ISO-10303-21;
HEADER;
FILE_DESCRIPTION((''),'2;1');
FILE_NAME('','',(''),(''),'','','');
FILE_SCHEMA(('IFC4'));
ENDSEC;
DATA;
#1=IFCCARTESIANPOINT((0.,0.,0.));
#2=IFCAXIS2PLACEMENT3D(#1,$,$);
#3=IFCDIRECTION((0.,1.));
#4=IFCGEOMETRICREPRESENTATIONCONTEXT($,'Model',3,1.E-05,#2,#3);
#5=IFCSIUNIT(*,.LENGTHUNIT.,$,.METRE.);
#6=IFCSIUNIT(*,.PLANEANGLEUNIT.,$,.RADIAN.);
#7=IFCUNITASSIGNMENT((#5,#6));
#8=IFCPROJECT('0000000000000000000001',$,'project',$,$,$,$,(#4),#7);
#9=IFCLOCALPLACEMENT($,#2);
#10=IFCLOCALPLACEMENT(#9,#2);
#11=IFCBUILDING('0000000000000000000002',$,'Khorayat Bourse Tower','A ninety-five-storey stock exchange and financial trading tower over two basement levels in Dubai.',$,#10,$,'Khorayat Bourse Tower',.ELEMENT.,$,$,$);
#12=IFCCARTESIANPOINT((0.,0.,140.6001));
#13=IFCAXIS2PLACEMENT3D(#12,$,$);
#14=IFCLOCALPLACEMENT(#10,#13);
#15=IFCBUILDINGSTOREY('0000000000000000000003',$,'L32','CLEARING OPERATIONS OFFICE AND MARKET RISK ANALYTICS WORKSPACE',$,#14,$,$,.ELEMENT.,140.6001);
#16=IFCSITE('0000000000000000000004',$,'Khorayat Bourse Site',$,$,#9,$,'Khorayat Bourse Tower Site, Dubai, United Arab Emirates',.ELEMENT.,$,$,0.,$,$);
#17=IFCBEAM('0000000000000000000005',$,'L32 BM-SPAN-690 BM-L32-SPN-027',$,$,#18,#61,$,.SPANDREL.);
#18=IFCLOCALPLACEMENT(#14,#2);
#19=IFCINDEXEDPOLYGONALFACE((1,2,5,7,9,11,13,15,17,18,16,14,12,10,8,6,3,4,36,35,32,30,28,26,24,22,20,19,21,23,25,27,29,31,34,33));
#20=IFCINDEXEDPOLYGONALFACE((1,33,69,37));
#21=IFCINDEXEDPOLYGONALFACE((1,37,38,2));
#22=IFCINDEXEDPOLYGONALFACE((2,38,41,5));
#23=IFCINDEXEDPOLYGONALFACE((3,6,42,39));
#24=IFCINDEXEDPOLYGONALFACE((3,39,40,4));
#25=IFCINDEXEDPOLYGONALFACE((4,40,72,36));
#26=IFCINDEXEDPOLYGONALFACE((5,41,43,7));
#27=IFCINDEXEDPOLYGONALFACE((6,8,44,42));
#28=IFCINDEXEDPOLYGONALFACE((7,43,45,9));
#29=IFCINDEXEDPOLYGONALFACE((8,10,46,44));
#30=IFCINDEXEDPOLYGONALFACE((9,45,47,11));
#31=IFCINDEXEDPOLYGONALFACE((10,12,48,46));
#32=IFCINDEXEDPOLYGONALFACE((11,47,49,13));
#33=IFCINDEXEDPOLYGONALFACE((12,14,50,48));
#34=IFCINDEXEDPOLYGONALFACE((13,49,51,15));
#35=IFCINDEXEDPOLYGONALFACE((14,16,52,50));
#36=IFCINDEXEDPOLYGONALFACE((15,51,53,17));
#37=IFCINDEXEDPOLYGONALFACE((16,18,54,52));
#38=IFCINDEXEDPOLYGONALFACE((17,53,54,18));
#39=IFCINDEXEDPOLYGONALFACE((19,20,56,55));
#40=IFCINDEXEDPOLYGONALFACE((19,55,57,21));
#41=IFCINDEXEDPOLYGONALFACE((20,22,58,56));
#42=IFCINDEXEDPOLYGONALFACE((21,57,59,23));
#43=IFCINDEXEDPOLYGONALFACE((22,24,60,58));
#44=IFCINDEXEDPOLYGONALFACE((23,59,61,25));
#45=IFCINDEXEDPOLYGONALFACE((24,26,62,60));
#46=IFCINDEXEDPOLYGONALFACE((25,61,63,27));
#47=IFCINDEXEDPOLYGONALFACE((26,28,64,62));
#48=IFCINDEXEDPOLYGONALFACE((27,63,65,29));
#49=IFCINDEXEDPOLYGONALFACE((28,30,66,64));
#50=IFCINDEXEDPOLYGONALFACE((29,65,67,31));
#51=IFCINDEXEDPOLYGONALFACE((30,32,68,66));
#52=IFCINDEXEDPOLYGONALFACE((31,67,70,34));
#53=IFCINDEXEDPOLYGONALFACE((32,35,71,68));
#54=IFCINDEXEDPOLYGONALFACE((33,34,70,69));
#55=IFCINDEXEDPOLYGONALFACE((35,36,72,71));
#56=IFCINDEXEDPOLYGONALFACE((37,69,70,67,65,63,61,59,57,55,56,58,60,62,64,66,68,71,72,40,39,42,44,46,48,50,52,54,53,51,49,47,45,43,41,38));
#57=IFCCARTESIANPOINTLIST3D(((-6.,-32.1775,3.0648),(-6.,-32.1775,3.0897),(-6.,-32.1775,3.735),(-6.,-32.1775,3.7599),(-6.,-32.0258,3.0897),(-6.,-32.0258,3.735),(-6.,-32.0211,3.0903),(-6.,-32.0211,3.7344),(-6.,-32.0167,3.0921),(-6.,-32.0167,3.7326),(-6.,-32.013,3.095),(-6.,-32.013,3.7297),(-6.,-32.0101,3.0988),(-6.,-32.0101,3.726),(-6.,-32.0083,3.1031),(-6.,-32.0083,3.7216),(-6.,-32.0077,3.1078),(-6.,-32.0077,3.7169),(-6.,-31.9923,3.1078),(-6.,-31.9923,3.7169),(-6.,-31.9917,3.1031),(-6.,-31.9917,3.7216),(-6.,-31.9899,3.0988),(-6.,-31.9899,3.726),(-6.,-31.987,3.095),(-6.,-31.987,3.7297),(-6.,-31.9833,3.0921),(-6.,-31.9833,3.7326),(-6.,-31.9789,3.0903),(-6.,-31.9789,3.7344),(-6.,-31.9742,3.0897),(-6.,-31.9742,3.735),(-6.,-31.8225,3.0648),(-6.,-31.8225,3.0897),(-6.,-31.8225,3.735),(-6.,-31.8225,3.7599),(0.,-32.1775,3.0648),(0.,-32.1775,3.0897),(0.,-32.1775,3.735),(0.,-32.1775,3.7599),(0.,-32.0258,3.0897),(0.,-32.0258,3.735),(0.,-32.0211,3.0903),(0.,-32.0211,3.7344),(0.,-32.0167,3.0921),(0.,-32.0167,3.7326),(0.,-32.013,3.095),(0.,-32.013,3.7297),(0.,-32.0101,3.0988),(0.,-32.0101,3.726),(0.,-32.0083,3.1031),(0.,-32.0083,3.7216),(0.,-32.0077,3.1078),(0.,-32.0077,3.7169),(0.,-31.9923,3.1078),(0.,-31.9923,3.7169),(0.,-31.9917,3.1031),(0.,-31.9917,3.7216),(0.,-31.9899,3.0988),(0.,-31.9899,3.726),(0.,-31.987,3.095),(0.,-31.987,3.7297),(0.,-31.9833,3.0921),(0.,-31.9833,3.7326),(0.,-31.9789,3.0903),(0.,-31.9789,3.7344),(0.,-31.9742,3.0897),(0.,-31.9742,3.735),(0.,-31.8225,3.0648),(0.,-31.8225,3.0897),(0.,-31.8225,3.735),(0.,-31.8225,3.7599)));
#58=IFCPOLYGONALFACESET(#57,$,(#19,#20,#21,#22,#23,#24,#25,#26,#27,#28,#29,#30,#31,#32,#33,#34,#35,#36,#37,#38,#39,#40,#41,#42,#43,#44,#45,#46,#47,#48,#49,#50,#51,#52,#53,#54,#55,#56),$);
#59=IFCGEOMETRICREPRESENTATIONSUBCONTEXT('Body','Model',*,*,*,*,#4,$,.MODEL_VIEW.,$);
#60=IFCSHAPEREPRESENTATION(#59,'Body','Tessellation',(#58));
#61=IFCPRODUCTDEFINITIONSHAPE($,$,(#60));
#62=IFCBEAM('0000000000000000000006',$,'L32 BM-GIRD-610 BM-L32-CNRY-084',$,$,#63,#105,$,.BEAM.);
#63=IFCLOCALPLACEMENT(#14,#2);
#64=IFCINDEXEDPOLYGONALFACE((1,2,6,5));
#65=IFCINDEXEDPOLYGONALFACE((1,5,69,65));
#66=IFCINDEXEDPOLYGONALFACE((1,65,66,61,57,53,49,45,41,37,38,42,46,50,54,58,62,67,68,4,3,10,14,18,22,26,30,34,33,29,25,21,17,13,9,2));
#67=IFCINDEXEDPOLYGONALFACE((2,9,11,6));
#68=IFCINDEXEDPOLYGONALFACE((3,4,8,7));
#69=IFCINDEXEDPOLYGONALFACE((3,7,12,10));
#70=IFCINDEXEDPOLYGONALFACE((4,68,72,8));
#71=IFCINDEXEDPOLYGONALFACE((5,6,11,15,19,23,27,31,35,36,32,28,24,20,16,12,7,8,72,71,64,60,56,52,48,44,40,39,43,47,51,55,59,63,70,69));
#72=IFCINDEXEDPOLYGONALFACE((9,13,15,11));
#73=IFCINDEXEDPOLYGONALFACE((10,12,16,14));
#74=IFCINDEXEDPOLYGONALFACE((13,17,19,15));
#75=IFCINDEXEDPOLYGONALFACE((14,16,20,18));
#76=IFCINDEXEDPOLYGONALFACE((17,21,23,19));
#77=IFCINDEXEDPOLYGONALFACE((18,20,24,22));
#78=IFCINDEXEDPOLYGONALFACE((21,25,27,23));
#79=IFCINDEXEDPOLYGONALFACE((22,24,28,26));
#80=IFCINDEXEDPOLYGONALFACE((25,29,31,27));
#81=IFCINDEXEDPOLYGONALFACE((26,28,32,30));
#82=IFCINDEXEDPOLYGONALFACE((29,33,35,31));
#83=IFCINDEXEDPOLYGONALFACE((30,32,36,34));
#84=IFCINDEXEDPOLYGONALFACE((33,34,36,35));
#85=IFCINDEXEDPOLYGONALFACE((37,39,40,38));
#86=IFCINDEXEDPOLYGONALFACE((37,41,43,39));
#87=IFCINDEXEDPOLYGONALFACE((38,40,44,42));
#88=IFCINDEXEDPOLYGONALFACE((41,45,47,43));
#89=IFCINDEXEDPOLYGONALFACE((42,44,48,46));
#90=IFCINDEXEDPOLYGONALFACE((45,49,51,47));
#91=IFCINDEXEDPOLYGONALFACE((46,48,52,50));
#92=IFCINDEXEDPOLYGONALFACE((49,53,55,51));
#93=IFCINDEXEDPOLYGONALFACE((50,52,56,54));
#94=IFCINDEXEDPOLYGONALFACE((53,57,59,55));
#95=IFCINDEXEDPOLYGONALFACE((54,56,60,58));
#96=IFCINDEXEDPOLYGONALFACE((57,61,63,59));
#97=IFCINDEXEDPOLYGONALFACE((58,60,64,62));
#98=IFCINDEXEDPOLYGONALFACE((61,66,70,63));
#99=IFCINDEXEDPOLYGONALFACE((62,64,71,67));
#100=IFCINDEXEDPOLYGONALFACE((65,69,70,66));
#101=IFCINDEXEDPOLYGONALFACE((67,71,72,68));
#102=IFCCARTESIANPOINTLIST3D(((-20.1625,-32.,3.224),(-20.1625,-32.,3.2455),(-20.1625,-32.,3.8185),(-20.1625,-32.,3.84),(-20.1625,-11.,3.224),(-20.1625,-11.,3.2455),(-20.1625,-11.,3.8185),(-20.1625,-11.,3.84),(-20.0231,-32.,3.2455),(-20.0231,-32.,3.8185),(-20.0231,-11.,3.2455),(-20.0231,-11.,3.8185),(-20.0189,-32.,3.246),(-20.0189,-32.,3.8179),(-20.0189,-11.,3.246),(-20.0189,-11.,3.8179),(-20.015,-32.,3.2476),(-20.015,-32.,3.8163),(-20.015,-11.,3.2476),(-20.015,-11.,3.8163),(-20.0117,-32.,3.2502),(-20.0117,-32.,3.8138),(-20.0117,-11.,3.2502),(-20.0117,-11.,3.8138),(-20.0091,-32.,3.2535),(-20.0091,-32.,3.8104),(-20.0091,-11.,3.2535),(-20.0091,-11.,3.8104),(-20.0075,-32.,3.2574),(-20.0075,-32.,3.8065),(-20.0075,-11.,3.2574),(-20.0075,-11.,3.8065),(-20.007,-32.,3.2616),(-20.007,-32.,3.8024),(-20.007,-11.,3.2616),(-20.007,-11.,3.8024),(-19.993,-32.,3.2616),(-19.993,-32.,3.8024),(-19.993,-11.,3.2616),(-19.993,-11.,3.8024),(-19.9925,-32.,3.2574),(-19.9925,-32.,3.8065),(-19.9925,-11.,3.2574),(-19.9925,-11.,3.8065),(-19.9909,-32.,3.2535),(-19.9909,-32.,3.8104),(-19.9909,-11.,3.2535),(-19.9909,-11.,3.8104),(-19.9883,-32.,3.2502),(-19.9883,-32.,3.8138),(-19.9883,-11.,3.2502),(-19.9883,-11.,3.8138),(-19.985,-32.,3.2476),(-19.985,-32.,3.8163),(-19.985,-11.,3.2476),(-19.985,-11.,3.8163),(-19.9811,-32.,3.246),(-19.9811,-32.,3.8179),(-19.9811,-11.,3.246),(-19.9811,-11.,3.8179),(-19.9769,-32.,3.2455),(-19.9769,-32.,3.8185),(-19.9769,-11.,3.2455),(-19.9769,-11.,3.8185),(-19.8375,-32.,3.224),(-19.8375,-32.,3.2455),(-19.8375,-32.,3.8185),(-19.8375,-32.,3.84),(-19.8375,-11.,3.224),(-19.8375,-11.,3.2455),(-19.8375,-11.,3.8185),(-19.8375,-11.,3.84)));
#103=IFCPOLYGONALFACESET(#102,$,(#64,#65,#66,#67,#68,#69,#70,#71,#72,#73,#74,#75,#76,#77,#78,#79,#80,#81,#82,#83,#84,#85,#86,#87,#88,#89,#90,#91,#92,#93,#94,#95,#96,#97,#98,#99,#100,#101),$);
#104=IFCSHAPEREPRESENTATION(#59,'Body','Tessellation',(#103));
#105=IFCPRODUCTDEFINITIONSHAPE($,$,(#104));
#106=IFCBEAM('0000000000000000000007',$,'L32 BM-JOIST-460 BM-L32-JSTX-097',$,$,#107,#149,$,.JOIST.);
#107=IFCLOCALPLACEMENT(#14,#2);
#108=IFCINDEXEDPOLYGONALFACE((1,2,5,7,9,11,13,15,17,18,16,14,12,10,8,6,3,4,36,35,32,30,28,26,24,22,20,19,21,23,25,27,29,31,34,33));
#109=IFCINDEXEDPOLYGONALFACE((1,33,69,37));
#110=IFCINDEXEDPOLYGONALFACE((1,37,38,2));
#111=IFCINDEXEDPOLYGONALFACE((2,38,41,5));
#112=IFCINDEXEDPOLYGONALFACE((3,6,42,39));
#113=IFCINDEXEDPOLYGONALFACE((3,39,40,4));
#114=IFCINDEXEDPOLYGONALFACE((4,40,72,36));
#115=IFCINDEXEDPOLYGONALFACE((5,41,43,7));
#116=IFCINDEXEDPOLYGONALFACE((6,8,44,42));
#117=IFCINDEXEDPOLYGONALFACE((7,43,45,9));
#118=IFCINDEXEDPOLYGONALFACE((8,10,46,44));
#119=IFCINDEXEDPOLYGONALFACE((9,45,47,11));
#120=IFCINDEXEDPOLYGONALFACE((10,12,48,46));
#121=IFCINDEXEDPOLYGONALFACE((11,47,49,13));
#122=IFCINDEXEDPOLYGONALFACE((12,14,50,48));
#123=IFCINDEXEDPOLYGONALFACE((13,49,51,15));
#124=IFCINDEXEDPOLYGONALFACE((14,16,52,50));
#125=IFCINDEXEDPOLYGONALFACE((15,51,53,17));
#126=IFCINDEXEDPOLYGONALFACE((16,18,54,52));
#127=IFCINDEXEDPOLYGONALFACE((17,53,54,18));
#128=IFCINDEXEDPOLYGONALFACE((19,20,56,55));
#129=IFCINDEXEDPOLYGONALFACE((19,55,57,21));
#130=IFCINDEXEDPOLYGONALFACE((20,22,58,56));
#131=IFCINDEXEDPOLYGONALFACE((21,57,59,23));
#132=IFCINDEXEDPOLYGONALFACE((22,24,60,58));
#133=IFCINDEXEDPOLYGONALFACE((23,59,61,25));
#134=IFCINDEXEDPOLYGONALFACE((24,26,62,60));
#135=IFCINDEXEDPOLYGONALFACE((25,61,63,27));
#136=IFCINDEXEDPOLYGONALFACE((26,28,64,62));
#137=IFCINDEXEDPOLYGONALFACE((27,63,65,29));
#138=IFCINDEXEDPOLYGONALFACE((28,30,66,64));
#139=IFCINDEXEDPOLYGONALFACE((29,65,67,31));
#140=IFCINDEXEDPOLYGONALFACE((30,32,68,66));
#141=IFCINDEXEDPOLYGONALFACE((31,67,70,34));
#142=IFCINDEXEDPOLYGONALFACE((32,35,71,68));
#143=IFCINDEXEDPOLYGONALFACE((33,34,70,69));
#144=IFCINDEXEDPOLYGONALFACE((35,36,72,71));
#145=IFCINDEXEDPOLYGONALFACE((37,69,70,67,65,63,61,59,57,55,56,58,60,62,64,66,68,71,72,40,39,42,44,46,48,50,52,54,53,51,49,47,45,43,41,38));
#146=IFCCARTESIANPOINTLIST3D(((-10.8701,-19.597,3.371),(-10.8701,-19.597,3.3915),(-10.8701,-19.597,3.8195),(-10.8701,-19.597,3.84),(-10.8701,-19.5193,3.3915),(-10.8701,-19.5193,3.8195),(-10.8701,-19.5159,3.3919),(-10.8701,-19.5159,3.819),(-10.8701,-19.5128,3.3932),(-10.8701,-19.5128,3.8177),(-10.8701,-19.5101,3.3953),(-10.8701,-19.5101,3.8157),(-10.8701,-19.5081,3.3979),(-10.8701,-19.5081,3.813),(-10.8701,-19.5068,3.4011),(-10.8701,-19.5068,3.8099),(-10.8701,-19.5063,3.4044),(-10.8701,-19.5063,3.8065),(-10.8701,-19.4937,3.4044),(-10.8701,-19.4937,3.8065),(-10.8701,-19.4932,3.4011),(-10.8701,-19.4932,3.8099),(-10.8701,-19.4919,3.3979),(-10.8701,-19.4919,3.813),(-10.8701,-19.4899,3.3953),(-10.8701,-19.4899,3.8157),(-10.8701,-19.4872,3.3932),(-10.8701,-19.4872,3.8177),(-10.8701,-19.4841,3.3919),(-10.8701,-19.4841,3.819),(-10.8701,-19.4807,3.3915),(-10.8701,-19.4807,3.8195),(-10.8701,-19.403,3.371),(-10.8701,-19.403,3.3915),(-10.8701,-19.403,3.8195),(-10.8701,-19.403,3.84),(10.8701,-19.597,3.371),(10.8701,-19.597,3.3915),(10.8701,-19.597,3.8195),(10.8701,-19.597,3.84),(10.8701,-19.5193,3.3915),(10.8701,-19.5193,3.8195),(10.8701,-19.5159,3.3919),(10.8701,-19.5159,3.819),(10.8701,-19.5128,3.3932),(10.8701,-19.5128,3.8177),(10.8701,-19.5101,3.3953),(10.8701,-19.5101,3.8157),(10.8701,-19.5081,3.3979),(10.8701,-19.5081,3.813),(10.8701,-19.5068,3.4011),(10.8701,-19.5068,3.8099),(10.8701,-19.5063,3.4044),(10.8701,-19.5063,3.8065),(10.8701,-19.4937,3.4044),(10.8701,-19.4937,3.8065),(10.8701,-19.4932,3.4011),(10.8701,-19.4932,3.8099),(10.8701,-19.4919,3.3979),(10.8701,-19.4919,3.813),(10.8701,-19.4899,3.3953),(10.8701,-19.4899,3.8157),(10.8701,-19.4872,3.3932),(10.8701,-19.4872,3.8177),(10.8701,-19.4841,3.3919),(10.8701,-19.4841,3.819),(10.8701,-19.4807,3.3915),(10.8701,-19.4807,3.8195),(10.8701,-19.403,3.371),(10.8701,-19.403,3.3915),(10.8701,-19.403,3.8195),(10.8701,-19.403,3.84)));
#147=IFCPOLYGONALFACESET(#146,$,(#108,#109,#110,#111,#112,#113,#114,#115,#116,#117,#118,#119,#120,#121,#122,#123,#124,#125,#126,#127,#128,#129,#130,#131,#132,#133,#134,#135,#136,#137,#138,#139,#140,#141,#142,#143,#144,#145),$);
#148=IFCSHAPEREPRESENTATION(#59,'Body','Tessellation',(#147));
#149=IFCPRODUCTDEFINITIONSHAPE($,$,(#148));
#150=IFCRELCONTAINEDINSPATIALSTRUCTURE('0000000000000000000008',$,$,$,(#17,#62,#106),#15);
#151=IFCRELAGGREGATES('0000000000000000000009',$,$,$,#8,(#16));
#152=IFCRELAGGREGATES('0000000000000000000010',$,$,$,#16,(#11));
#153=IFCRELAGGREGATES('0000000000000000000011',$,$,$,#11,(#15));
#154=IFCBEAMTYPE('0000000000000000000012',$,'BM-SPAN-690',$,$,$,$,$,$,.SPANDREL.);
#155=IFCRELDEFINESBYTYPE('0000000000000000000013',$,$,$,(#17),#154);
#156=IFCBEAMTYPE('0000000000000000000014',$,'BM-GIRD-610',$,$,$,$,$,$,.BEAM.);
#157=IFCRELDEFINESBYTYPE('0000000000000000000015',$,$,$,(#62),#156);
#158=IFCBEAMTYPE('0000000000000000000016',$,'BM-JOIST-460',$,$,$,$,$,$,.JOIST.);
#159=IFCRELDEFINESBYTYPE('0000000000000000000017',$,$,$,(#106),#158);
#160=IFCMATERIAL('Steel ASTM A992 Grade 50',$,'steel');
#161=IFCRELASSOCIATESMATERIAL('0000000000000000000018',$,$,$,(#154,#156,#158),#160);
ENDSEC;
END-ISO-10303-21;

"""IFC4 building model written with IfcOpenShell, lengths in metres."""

from ifc_helpers import new_model, si_unit, direction, frame, origin, origin_2d, place, context, subcontext, project, spatial, i_section, extrude, source, transform, mapped, material, material_profile, profile_set, type_object, element, save


model = new_model("IFC4")

# Units and contexts
model_context = context("Model", 3, precision=1e-05, world=origin(), true_north=direction((0.0, 1.0)))
body_context = subcontext(model_context, "Body", "Model", "MODEL_VIEW")
ifc_project = project(units=[si_unit("LENGTHUNIT", "METRE"), si_unit("PLANEANGLEUNIT", "RADIAN")], contexts=[model_context])

# Site, building, storey
site_placement = place(None, origin())
site = spatial("IfcSite", under=ifc_project, at=site_placement, Name="Khorayat Bourse Site", LongName="Khorayat Bourse Tower Site, Dubai, United Arab Emirates", CompositionType="ELEMENT", RefElevation=0.0)
building_placement = place(site_placement, origin())
building = spatial("IfcBuilding", under=site, at=building_placement, Name="Khorayat Bourse Tower", Description="A ninety-five-storey stock exchange and financial trading tower over two basement levels in Dubai.", LongName="Khorayat Bourse Tower", CompositionType="ELEMENT")
storey_placement = place(building_placement, frame((0.0, 0.0, 140.6001)))
storey = spatial("IfcBuildingStorey", under=building, at=storey_placement, Name="L32", Description="CLEARING OPERATIONS OFFICE AND MARKET RISK ANALYTICS WORKSPACE", CompositionType="ELEMENT", Elevation=140.6001)

# Beams
ifc_material_1 = material(Name="Steel ASTM A992 Grade 50", Category="steel")
ifc_material_profile_1 = material_profile(ifc_material_1, i_section(OverallWidth=0.355, OverallDepth=0.6951, WebThickness=0.0154, FlangeThickness=0.0249, FilletRadius=0.0181, at=origin_2d()), Name="W690X217")
ifc_profile_set_1 = profile_set([ifc_material_profile_1], Name="Steel ASTM A992 Grade 50")
beam_type_1 = type_object("IfcBeamType", Name="BM-SPAN-690", PredefinedType="SPANDREL", material=ifc_profile_set_1)
shared_shape_1 = source(origin(), body_context, "Body", "SweptSolid", [
    extrude(i_section(OverallWidth=0.355, OverallDepth=0.6951, WebThickness=0.0154, FlangeThickness=0.0249, FilletRadius=0.0181, at=origin_2d()), origin(), (0.0, 0.0, 1.0), 6.0),
])
beam_1_placement = place(storey_placement, frame((-6.0, -32.0, 3.4124), z_axis=(1.0, 0.0, 0.0), x_axis=(0.0, 1.0, 0.0)))
element("IfcBeam", 1, at=beam_1_placement, inside=storey, type_object=beam_type_1, Name="L32 BM-SPAN-690 BM-L32-SPN-027", PredefinedType="SPANDREL", context=body_context, shape_type="MappedRepresentation", body=[
    mapped(shared_shape_1, transform((0.0, 0.0, 0.0), scale=1.0)),
])
ifc_material_profile_2 = material_profile(ifc_material_1, i_section(OverallWidth=0.325, OverallDepth=0.616, WebThickness=0.0139, FlangeThickness=0.0215, FilletRadius=0.0161, at=origin_2d()), Name="W610X174")
ifc_profile_set_2 = profile_set([ifc_material_profile_2], Name="Steel ASTM A992 Grade 50")
beam_type_2 = type_object("IfcBeamType", Name="BM-GIRD-610", PredefinedType="BEAM", material=ifc_profile_set_2)
shared_shape_2 = source(origin(), body_context, "Body", "SweptSolid", [
    extrude(i_section(OverallWidth=0.325, OverallDepth=0.616, WebThickness=0.0139, FlangeThickness=0.0215, FilletRadius=0.0161, at=origin_2d()), origin(), (0.0, 0.0, 1.0), 21.0),
])
beam_2_placement = place(storey_placement, frame((-20.0, -32.0, 3.532), z_axis=(0.0, 1.0, 0.0), x_axis=(-1.0, 0.0, 0.0)))
element("IfcBeam", 2, at=beam_2_placement, inside=storey, type_object=beam_type_2, Name="L32 BM-GIRD-610 BM-L32-CNRY-084", PredefinedType="BEAM", context=body_context, shape_type="MappedRepresentation", body=[
    mapped(shared_shape_2, transform((0.0, 0.0, 0.0), scale=1.0)),
])
ifc_material_profile_3 = material_profile(ifc_material_1, i_section(OverallWidth=0.1941, OverallDepth=0.469, WebThickness=0.0127, FlangeThickness=0.0205, FilletRadius=0.0129, at=origin_2d()), Name="W460X106")
ifc_profile_set_3 = profile_set([ifc_material_profile_3], Name="Steel ASTM A992 Grade 50")
beam_type_3 = type_object("IfcBeamType", Name="BM-JOIST-460", PredefinedType="JOIST", material=ifc_profile_set_3)
shared_shape_3 = source(origin(), body_context, "Body", "SweptSolid", [
    extrude(i_section(OverallWidth=0.1941, OverallDepth=0.469, WebThickness=0.0127, FlangeThickness=0.0205, FilletRadius=0.0129, at=origin_2d()), origin(), (0.0, 0.0, 1.0), 21.7402),
])
beam_3_placement = place(storey_placement, frame((-10.8701, -19.5, 3.6055), z_axis=(1.0, 0.0, 0.0), x_axis=(0.0, 1.0, 0.0)))
element("IfcBeam", 3, at=beam_3_placement, inside=storey, type_object=beam_type_3, Name="L32 BM-JOIST-460 BM-L32-JSTX-097", PredefinedType="JOIST", context=body_context, shape_type="MappedRepresentation", body=[
    mapped(shared_shape_3, transform((0.0, 0.0, 0.0), scale=1.0)),
])

save(model, "model.ifc")
